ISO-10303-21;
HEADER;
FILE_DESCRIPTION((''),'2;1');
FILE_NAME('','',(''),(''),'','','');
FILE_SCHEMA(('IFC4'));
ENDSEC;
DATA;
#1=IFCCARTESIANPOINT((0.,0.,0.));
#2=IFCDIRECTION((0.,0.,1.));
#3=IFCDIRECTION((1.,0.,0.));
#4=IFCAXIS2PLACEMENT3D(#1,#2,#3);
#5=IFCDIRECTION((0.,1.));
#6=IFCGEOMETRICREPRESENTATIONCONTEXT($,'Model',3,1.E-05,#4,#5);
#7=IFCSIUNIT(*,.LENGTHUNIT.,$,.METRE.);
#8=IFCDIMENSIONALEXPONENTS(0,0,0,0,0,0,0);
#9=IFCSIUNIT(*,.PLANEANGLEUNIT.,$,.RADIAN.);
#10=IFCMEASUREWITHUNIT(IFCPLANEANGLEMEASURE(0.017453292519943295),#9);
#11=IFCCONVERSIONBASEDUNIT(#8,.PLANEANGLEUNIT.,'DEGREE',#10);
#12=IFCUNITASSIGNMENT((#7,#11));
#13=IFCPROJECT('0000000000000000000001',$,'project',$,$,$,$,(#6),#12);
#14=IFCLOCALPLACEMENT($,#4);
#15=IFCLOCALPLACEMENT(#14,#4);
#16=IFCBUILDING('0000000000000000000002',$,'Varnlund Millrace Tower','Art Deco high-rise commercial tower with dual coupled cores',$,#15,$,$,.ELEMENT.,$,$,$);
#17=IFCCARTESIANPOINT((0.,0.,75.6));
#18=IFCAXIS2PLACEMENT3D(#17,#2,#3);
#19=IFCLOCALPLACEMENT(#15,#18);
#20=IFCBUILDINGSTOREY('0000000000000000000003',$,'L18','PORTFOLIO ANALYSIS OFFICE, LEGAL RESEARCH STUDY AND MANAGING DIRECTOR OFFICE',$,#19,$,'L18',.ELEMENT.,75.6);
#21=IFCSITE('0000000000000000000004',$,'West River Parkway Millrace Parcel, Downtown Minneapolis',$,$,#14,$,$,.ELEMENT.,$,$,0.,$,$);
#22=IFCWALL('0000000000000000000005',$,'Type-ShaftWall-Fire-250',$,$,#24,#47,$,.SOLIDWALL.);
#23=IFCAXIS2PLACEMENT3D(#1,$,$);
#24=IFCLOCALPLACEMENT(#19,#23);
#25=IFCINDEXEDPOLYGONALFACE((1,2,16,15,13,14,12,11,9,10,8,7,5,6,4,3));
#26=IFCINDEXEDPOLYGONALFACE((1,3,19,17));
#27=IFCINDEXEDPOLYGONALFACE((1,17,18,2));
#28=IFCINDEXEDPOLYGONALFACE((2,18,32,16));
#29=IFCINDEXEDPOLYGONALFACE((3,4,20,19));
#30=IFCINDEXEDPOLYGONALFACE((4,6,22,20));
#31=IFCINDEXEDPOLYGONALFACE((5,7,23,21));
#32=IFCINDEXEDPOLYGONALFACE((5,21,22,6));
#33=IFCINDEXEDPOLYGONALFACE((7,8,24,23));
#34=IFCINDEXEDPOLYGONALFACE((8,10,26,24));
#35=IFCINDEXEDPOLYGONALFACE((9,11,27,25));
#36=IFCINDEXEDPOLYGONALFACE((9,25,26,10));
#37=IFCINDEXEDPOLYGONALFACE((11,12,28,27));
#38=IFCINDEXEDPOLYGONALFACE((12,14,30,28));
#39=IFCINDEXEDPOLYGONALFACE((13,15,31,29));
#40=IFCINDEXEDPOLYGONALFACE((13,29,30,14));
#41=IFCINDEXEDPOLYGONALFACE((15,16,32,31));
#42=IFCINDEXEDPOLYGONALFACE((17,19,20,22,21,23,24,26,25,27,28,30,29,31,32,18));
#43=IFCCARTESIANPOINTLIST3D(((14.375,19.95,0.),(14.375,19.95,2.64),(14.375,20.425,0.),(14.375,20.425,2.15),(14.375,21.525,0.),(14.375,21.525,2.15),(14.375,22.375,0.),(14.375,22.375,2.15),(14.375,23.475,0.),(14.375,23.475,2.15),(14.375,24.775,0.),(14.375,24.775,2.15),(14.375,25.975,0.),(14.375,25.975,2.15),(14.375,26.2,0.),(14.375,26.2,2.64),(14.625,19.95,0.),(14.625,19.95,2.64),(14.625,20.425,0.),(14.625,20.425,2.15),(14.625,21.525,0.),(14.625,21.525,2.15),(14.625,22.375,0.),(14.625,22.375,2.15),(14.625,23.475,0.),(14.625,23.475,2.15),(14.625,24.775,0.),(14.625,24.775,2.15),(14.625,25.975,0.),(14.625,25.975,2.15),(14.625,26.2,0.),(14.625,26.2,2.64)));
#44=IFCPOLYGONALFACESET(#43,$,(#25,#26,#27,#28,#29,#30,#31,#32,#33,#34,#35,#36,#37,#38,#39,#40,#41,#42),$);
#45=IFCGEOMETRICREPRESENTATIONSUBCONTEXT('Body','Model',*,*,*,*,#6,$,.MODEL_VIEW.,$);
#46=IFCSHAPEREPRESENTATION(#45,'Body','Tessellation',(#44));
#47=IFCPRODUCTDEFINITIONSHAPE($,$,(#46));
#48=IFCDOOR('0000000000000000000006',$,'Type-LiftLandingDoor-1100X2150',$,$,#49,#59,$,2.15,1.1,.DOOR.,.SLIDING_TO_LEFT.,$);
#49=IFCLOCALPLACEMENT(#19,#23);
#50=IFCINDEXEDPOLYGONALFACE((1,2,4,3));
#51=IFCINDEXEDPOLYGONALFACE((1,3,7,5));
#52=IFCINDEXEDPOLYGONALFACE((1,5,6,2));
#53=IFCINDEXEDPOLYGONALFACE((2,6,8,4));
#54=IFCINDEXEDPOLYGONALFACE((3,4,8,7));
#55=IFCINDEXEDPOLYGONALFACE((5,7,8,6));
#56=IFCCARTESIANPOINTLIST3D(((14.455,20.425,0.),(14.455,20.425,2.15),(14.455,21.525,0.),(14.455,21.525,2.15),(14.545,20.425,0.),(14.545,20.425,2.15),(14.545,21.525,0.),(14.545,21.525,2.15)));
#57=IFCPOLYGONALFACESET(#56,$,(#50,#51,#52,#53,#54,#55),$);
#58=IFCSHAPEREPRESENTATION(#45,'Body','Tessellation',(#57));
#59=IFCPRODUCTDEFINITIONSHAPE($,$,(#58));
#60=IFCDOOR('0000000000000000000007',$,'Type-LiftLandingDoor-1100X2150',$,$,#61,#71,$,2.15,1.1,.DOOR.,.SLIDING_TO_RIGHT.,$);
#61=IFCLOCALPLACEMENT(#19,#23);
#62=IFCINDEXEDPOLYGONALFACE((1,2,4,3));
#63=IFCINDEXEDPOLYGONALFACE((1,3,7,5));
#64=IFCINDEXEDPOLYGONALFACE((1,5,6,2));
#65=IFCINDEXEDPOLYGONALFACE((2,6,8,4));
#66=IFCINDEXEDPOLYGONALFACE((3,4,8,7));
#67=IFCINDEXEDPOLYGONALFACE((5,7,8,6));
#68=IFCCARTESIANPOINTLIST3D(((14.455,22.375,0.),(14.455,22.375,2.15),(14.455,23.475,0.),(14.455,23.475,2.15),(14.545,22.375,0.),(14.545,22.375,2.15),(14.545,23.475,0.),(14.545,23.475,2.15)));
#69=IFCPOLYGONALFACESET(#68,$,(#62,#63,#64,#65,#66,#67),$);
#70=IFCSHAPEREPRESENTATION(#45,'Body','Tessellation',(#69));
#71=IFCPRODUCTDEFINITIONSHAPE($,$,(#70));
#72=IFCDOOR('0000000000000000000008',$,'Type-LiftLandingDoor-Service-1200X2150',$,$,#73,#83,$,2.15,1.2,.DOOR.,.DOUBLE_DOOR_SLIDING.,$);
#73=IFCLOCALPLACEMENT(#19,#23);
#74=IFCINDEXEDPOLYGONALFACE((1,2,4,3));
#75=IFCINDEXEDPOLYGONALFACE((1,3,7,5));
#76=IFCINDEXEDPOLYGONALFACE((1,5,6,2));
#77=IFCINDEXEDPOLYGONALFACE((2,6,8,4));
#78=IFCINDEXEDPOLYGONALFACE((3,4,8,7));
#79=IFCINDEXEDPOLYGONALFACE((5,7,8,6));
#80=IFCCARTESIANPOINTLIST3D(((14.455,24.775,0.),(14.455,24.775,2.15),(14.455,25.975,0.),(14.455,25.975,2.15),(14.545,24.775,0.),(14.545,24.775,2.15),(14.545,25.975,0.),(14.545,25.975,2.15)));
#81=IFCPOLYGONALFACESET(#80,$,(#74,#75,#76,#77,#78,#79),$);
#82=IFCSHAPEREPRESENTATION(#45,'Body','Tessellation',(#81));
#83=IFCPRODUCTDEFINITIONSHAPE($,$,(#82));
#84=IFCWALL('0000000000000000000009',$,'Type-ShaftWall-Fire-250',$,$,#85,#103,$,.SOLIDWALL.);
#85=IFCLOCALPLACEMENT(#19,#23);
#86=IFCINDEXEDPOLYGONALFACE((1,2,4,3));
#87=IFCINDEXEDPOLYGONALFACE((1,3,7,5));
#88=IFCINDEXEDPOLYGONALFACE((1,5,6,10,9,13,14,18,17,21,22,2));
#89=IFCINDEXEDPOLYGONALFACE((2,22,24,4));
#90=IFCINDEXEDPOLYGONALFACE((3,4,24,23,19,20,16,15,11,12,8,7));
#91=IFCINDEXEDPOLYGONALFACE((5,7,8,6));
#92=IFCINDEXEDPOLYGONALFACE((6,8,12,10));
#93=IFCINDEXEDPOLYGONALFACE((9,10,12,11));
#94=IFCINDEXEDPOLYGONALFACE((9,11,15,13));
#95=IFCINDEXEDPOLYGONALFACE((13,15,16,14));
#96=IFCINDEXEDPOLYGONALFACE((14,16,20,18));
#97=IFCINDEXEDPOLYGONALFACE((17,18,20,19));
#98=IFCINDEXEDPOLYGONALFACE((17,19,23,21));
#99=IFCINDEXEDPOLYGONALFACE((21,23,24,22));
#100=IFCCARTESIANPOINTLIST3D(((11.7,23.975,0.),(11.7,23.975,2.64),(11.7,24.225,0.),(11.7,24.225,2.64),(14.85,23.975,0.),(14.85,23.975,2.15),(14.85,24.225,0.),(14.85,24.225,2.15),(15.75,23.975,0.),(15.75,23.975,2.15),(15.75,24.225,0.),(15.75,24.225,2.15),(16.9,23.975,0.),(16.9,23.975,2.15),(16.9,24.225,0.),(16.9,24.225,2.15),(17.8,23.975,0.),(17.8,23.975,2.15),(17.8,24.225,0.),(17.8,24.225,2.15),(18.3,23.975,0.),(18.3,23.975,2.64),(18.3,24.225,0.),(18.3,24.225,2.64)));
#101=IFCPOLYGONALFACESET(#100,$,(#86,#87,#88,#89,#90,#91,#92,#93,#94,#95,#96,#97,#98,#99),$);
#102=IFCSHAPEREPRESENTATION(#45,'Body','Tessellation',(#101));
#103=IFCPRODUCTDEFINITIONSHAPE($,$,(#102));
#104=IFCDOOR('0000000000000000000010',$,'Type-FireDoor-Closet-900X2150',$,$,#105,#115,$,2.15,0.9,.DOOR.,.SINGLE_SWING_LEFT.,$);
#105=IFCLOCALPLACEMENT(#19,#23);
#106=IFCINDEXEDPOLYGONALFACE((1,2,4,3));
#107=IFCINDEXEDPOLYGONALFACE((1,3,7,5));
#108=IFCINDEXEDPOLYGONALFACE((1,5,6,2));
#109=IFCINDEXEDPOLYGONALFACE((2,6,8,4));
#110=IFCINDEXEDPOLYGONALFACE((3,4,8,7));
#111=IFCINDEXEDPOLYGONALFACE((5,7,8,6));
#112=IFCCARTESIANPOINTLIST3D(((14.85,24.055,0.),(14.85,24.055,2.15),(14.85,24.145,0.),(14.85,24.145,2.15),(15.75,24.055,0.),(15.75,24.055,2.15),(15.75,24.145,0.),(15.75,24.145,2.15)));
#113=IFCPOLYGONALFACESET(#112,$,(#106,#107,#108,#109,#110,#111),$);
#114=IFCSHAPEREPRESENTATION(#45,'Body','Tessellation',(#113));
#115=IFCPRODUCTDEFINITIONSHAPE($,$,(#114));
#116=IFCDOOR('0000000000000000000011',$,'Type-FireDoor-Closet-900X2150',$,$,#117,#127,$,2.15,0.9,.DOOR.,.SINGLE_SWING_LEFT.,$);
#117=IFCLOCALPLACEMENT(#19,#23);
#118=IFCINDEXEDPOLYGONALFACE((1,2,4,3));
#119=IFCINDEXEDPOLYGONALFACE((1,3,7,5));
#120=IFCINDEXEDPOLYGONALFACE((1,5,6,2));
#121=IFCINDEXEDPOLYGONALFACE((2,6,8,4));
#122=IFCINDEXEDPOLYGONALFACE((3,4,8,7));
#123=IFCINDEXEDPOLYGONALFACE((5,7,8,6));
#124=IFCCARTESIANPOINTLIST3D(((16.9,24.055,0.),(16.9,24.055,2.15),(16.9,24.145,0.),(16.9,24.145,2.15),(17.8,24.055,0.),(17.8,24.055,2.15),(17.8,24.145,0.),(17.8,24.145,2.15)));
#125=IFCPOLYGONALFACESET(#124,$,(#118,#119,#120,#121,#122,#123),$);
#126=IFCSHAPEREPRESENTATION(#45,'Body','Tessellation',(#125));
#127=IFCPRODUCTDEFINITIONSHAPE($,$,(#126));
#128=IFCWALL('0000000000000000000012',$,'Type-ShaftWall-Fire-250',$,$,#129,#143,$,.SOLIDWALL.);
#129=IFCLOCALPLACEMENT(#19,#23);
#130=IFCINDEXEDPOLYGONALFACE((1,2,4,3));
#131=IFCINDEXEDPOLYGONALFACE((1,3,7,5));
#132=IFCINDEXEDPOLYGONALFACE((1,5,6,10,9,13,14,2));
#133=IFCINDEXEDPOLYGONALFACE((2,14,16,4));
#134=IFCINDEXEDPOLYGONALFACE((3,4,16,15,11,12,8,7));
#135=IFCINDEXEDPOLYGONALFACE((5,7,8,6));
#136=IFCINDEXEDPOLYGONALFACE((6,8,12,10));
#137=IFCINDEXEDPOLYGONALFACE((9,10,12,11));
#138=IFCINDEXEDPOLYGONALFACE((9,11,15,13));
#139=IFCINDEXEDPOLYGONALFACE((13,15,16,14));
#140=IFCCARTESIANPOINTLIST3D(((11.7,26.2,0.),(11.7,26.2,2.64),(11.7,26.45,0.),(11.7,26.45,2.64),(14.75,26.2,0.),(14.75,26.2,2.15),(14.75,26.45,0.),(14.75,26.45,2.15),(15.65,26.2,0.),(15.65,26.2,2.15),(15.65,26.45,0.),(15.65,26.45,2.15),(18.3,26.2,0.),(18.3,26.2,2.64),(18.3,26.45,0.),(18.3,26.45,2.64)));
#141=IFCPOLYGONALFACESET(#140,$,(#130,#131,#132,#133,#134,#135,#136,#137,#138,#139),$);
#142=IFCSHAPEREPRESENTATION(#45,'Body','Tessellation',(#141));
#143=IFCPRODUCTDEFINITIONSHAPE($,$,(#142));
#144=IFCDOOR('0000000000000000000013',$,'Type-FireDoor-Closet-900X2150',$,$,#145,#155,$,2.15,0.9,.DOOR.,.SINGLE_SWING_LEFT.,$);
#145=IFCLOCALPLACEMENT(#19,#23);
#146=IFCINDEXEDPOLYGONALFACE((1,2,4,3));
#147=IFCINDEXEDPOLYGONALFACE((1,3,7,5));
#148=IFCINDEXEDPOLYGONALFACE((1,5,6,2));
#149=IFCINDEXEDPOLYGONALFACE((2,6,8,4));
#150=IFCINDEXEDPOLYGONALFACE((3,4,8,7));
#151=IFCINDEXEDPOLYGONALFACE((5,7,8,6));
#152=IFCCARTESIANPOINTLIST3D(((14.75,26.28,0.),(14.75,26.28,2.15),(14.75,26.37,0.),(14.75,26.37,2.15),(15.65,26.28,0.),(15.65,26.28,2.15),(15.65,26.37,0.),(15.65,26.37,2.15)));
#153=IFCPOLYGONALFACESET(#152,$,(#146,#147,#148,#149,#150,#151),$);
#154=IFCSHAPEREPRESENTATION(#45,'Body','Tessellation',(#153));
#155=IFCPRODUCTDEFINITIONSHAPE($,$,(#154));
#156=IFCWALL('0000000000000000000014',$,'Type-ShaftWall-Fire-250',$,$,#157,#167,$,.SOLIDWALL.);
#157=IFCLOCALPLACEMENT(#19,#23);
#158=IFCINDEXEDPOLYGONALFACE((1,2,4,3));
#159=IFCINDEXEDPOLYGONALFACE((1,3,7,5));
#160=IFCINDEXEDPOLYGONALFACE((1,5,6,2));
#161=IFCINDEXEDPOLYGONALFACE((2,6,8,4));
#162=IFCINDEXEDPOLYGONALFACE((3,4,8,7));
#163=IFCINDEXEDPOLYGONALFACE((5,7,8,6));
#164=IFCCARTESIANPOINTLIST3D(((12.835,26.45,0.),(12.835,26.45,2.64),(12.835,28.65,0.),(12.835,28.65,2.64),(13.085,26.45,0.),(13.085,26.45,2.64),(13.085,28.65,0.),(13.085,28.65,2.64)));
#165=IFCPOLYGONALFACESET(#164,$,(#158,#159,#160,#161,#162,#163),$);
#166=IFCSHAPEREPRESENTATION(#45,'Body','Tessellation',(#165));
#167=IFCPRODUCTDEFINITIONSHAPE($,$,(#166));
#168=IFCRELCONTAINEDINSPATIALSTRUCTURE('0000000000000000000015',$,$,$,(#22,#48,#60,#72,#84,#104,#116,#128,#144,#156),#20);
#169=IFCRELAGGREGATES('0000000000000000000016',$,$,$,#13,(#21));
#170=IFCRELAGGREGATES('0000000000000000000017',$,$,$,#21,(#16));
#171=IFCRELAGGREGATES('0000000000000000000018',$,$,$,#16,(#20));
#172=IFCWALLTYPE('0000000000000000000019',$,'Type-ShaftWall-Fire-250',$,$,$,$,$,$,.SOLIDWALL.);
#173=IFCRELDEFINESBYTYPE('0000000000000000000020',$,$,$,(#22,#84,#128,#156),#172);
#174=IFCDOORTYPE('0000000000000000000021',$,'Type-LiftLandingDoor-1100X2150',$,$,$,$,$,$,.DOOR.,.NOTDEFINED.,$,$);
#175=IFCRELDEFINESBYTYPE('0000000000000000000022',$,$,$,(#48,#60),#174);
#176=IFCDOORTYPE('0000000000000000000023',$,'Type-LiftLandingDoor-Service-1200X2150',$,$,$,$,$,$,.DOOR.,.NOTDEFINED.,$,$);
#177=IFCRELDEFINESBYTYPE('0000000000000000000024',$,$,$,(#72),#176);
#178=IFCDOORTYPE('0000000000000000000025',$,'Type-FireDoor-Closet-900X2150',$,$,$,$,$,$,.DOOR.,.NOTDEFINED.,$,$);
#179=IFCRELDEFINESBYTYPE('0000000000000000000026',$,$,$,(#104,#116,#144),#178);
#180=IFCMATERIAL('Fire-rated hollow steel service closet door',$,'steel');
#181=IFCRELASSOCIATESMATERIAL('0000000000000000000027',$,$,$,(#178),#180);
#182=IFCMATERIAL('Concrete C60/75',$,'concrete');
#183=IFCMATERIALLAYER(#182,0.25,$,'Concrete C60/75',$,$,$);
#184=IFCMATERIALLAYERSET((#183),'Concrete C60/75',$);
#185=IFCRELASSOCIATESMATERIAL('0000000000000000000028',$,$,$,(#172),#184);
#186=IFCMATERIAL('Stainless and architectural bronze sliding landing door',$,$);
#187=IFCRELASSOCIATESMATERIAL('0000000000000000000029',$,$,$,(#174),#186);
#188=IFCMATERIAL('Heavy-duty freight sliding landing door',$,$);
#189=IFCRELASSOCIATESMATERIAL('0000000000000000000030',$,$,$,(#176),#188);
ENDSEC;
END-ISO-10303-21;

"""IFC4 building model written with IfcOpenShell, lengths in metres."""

from ifc_helpers import new_model, entity, si_unit, converted_unit, direction, frame, origin_with_axes, origin_2d_with_axis, place, context, subcontext, project, spatial, polyline, rectangle, outline, extrude, material, layer, layer_set, type_object, element, fill, save


model = new_model("IFC4")

# Units and contexts
model_context = context("Model", 3, precision=1e-05, world=origin_with_axes(), true_north=direction((0.0, 1.0)))
body_context = subcontext(model_context, "Body", "Model", "MODEL_VIEW")
ifc_project = project(units=[si_unit("LENGTHUNIT", "METRE"), converted_unit("PLANEANGLEUNIT", "DEGREE", entity("IfcPlaneAngleMeasure", 0.017453292519943295), si_unit("PLANEANGLEUNIT", "RADIAN"), dimensions=[0, 0, 0, 0, 0, 0, 0])], contexts=[model_context])

# Site, building, storey
site_placement = place(None, origin_with_axes())
site = spatial("IfcSite", under=ifc_project, at=site_placement, Name="West River Parkway Millrace Parcel, Downtown Minneapolis", CompositionType="ELEMENT", RefElevation=0.0)
building_placement = place(site_placement, origin_with_axes())
building = spatial("IfcBuilding", under=site, at=building_placement, Name="Varnlund Millrace Tower", Description="Art Deco high-rise commercial tower with dual coupled cores", CompositionType="ELEMENT")
storey_placement = place(building_placement, frame((0.0, 0.0, 75.6), z_axis=(0.0, 0.0, 1.0), x_axis=(1.0, 0.0, 0.0)))
storey = spatial("IfcBuildingStorey", under=building, at=storey_placement, Name="L18", Description="PORTFOLIO ANALYSIS OFFICE, LEGAL RESEARCH STUDY AND MANAGING DIRECTOR OFFICE", LongName="L18", CompositionType="ELEMENT", Elevation=75.6)

# Walls, openings, doors
ifc_material_1 = material(Name="Fire-rated hollow steel service closet door", Category="steel")
door_type_1 = type_object("IfcDoorType", Name="Type-FireDoor-Closet-900X2150", OperationType="NOTDEFINED", PredefinedType="DOOR", material=ifc_material_1)
ifc_material_2 = material(Name="Concrete C60/75", Category="concrete")
ifc_layer_1 = layer(ifc_material_2, 0.25, Name="Concrete C60/75")
ifc_layer_set_1 = layer_set([ifc_layer_1], Name="Concrete C60/75")
wall_type_1 = type_object("IfcWallType", Name="Type-ShaftWall-Fire-250", PredefinedType="SOLIDWALL", material=ifc_layer_set_1)
wall_1_placement = place(storey_placement, frame((14.5, 19.95, 0.0), z_axis=(0.0, 0.0, 1.0), x_axis=(0.0, 1.0, 0.0)))
wall_1 = element("IfcWall", 1, at=wall_1_placement, inside=storey, type_object=wall_type_1, Name="Type-ShaftWall-Fire-250", PredefinedType="SOLIDWALL", context=body_context, shape_type="SweptSolid", body=[
    extrude(outline(polyline([(0.0, -0.125), (6.25, -0.125), (6.25, 0.125), (0.0, 0.125), (0.0, -0.125)])), origin_with_axes(), (0.0, 0.0, 1.0), 2.64),
])
opening_1_placement = place(wall_1_placement, frame((1.025, 0.0, 0.0), z_axis=(0.0, 0.0, 1.0), x_axis=(1.0, 0.0, 0.0)))
opening_1 = element("IfcOpeningElement", 2, at=opening_1_placement, cuts=wall_1, PredefinedType="OPENING", context=body_context, shape_type="SweptSolid", body=[
    extrude(rectangle(XDim=1.1, YDim=0.27, at=origin_2d_with_axis()), origin_with_axes(), (0.0, 0.0, 1.0), 2.15),
])
opening_2_placement = place(wall_1_placement, frame((2.975, 0.0, 0.0), z_axis=(0.0, 0.0, 1.0), x_axis=(1.0, 0.0, 0.0)))
opening_2 = element("IfcOpeningElement", 3, at=opening_2_placement, cuts=wall_1, PredefinedType="OPENING", context=body_context, shape_type="SweptSolid", body=[
    extrude(rectangle(XDim=1.1, YDim=0.27, at=origin_2d_with_axis()), origin_with_axes(), (0.0, 0.0, 1.0), 2.15),
])
opening_3_placement = place(wall_1_placement, frame((5.425, 0.0, 0.0), z_axis=(0.0, 0.0, 1.0), x_axis=(1.0, 0.0, 0.0)))
opening_3 = element("IfcOpeningElement", 4, at=opening_3_placement, cuts=wall_1, PredefinedType="OPENING", context=body_context, shape_type="SweptSolid", body=[
    extrude(rectangle(XDim=1.2, YDim=0.27, at=origin_2d_with_axis()), origin_with_axes(), (0.0, 0.0, 1.0), 2.15),
])
ifc_material_3 = material(Name="Stainless and architectural bronze sliding landing door")
door_type_2 = type_object("IfcDoorType", Name="Type-LiftLandingDoor-1100X2150", OperationType="NOTDEFINED", PredefinedType="DOOR", material=ifc_material_3)
door_1_placement = place(wall_1_placement, frame((1.025, 0.0, 0.0), z_axis=(0.0, 0.0, 1.0), x_axis=(1.0, 0.0, 0.0)))
door_1 = element("IfcDoor", 5, at=door_1_placement, inside=storey, type_object=door_type_2, Name="Type-LiftLandingDoor-1100X2150", OperationType="SLIDING_TO_LEFT", OverallHeight=2.15, OverallWidth=1.1, PredefinedType="DOOR", context=body_context, shape_type="SweptSolid", body=[
    extrude(rectangle(XDim=1.1, YDim=0.09, at=origin_2d_with_axis()), origin_with_axes(), (0.0, 0.0, 1.0), 2.15),
])
fill(opening_1, door_1)
door_2_placement = place(wall_1_placement, frame((2.975, 0.0, 0.0), z_axis=(0.0, 0.0, 1.0), x_axis=(1.0, 0.0, 0.0)))
door_2 = element("IfcDoor", 6, at=door_2_placement, inside=storey, type_object=door_type_2, Name="Type-LiftLandingDoor-1100X2150", OperationType="SLIDING_TO_RIGHT", OverallHeight=2.15, OverallWidth=1.1, PredefinedType="DOOR", context=body_context, shape_type="SweptSolid", body=[
    extrude(rectangle(XDim=1.1, YDim=0.09, at=origin_2d_with_axis()), origin_with_axes(), (0.0, 0.0, 1.0), 2.15),
])
fill(opening_2, door_2)
ifc_material_4 = material(Name="Heavy-duty freight sliding landing door")
door_type_3 = type_object("IfcDoorType", Name="Type-LiftLandingDoor-Service-1200X2150", OperationType="NOTDEFINED", PredefinedType="DOOR", material=ifc_material_4)
door_3_placement = place(wall_1_placement, frame((5.425, 0.0, 0.0), z_axis=(0.0, 0.0, 1.0), x_axis=(1.0, 0.0, 0.0)))
door_3 = element("IfcDoor", 7, at=door_3_placement, inside=storey, type_object=door_type_3, Name="Type-LiftLandingDoor-Service-1200X2150", OperationType="DOUBLE_DOOR_SLIDING", OverallHeight=2.15, OverallWidth=1.2, PredefinedType="DOOR", context=body_context, shape_type="SweptSolid", body=[
    extrude(rectangle(XDim=1.2, YDim=0.09, at=origin_2d_with_axis()), origin_with_axes(), (0.0, 0.0, 1.0), 2.15),
])
fill(opening_3, door_3)
wall_2_placement = place(storey_placement, frame((11.7, 24.1, 0.0), z_axis=(0.0, 0.0, 1.0), x_axis=(1.0, 0.0, 0.0)))
wall_2 = element("IfcWall", 8, at=wall_2_placement, inside=storey, type_object=wall_type_1, Name="Type-ShaftWall-Fire-250", PredefinedType="SOLIDWALL", context=body_context, shape_type="SweptSolid", body=[
    extrude(outline(polyline([(0.0, -0.125), (6.6, -0.125), (6.6, 0.125), (0.0, 0.125), (0.0, -0.125)])), origin_with_axes(), (0.0, 0.0, 1.0), 2.64),
])
opening_4_placement = place(wall_2_placement, frame((3.6, 0.0, 0.0), z_axis=(0.0, 0.0, 1.0), x_axis=(1.0, 0.0, 0.0)))
opening_4 = element("IfcOpeningElement", 9, at=opening_4_placement, cuts=wall_2, PredefinedType="OPENING", context=body_context, shape_type="SweptSolid", body=[
    extrude(rectangle(XDim=0.9, YDim=0.27, at=origin_2d_with_axis()), origin_with_axes(), (0.0, 0.0, 1.0), 2.15),
])
opening_5_placement = place(wall_2_placement, frame((5.65, 0.0, 0.0), z_axis=(0.0, 0.0, 1.0), x_axis=(1.0, 0.0, 0.0)))
opening_5 = element("IfcOpeningElement", 10, at=opening_5_placement, cuts=wall_2, PredefinedType="OPENING", context=body_context, shape_type="SweptSolid", body=[
    extrude(rectangle(XDim=0.9, YDim=0.27, at=origin_2d_with_axis()), origin_with_axes(), (0.0, 0.0, 1.0), 2.15),
])
door_4_placement = place(wall_2_placement, frame((3.6, 0.0, 0.0), z_axis=(0.0, 0.0, 1.0), x_axis=(1.0, 0.0, 0.0)))
door_4 = element("IfcDoor", 11, at=door_4_placement, inside=storey, type_object=door_type_1, Name="Type-FireDoor-Closet-900X2150", OperationType="SINGLE_SWING_LEFT", OverallHeight=2.15, OverallWidth=0.9, PredefinedType="DOOR", context=body_context, shape_type="SweptSolid", body=[
    extrude(rectangle(XDim=0.9, YDim=0.09, at=origin_2d_with_axis()), origin_with_axes(), (0.0, 0.0, 1.0), 2.15),
])
fill(opening_4, door_4)
door_5_placement = place(wall_2_placement, frame((5.65, 0.0, 0.0), z_axis=(0.0, 0.0, 1.0), x_axis=(1.0, 0.0, 0.0)))
door_5 = element("IfcDoor", 12, at=door_5_placement, inside=storey, type_object=door_type_1, Name="Type-FireDoor-Closet-900X2150", OperationType="SINGLE_SWING_LEFT", OverallHeight=2.15, OverallWidth=0.9, PredefinedType="DOOR", context=body_context, shape_type="SweptSolid", body=[
    extrude(rectangle(XDim=0.9, YDim=0.09, at=origin_2d_with_axis()), origin_with_axes(), (0.0, 0.0, 1.0), 2.15),
])
fill(opening_5, door_5)

# Wall, opening, door
wall_3_placement = place(storey_placement, frame((11.7, 26.325, 0.0), z_axis=(0.0, 0.0, 1.0), x_axis=(1.0, 0.0, 0.0)))
wall_3 = element("IfcWall", 13, at=wall_3_placement, inside=storey, type_object=wall_type_1, Name="Type-ShaftWall-Fire-250", PredefinedType="SOLIDWALL", context=body_context, shape_type="SweptSolid", body=[
    extrude(outline(polyline([(0.0, -0.125), (6.6, -0.125), (6.6, 0.125), (0.0, 0.125), (0.0, -0.125)])), origin_with_axes(), (0.0, 0.0, 1.0), 2.64),
])
opening_6_placement = place(wall_3_placement, frame((3.5, 0.0, 0.0), z_axis=(0.0, 0.0, 1.0), x_axis=(1.0, 0.0, 0.0)))
opening_6 = element("IfcOpeningElement", 14, at=opening_6_placement, cuts=wall_3, PredefinedType="OPENING", context=body_context, shape_type="SweptSolid", body=[
    extrude(rectangle(XDim=0.9, YDim=0.27, at=origin_2d_with_axis()), origin_with_axes(), (0.0, 0.0, 1.0), 2.15),
])
door_6_placement = place(wall_3_placement, frame((3.5, 0.0, 0.0), z_axis=(0.0, 0.0, 1.0), x_axis=(1.0, 0.0, 0.0)))
door_6 = element("IfcDoor", 15, at=door_6_placement, inside=storey, type_object=door_type_1, Name="Type-FireDoor-Closet-900X2150", OperationType="SINGLE_SWING_LEFT", OverallHeight=2.15, OverallWidth=0.9, PredefinedType="DOOR", context=body_context, shape_type="SweptSolid", body=[
    extrude(rectangle(XDim=0.9, YDim=0.09, at=origin_2d_with_axis()), origin_with_axes(), (0.0, 0.0, 1.0), 2.15),
])
fill(opening_6, door_6)

# Wall
for number, where, z_axis, x_axis, name in (
    (16, (12.96, 26.45, 0.0), (0.0, 0.0, 1.0), (0.0, 1.0, 0.0), "Type-ShaftWall-Fire-250"),
):
    element("IfcWall", number, at=place(storey_placement, frame(where, z_axis=z_axis, x_axis=x_axis)), inside=storey, type_object=wall_type_1, Name=name, PredefinedType="SOLIDWALL", context=body_context, shape_type="SweptSolid", body=[
        extrude(outline(polyline([(0.0, -0.125), (2.2, -0.125), (2.2, 0.125), (0.0, 0.125), (0.0, -0.125)])), origin_with_axes(), (0.0, 0.0, 1.0), 2.64),
    ])

save(model, "model.ifc")
